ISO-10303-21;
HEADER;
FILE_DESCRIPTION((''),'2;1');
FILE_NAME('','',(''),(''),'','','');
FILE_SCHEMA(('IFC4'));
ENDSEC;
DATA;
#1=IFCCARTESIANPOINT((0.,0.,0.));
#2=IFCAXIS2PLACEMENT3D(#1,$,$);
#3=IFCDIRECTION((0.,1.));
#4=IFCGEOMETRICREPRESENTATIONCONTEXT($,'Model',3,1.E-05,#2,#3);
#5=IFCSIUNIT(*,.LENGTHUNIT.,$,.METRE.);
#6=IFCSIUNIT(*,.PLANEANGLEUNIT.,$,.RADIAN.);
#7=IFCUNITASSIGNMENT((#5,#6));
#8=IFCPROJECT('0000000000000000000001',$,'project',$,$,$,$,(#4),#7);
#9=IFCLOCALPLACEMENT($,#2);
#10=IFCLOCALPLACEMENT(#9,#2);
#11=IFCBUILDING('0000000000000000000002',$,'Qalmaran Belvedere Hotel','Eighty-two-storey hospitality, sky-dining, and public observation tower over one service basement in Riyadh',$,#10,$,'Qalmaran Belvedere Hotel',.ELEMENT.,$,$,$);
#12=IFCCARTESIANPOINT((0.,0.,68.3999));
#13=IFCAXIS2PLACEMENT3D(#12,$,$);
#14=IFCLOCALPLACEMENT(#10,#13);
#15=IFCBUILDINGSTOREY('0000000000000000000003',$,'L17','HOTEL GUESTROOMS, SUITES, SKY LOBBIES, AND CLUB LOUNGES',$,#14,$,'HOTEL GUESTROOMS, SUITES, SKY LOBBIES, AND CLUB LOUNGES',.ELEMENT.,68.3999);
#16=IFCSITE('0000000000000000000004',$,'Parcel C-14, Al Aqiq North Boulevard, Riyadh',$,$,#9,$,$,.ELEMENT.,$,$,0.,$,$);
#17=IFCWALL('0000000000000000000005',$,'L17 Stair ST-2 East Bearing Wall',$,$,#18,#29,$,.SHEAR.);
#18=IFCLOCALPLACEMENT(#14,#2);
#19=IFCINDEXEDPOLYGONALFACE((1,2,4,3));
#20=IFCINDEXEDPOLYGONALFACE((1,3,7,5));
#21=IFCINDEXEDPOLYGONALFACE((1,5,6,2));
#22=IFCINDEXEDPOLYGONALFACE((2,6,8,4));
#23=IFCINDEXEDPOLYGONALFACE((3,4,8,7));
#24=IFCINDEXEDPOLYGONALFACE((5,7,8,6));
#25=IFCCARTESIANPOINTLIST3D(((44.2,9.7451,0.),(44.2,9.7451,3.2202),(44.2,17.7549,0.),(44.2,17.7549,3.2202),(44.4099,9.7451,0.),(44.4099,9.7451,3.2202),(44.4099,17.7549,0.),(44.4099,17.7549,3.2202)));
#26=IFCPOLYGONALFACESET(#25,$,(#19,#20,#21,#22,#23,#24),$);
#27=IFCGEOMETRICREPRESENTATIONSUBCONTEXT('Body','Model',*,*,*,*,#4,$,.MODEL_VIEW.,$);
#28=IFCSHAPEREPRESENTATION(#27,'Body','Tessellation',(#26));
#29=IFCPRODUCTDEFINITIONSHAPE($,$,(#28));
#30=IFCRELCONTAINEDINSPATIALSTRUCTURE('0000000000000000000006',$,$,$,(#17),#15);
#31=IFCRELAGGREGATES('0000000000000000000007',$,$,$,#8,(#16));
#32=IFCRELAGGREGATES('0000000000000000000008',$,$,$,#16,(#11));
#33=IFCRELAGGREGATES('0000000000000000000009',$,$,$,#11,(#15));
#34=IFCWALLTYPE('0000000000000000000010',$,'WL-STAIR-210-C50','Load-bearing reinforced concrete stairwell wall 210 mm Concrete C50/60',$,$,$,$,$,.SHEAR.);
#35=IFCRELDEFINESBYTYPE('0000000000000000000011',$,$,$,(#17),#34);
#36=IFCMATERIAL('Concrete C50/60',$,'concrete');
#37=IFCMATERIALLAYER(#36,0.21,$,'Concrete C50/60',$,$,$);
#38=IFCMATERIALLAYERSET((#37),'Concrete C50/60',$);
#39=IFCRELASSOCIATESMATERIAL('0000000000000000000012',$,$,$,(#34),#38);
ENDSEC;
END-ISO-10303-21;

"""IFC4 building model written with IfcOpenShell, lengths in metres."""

from ifc_helpers import new_model, si_unit, direction, frame, frame_2d, origin, place, context, subcontext, project, spatial, rectangle, extrude, material, layer, layer_set, type_object, element, save


model = new_model("IFC4")

# Units and contexts
model_context = context("Model", 3, precision=1e-05, world=origin(), true_north=direction((0.0, 1.0)))
body_context = subcontext(model_context, "Body", "Model", "MODEL_VIEW")
ifc_project = project(units=[si_unit("LENGTHUNIT", "METRE"), si_unit("PLANEANGLEUNIT", "RADIAN")], contexts=[model_context])

# Site, building, storey
site_placement = place(None, origin())
site = spatial("IfcSite", under=ifc_project, at=site_placement, Name="Parcel C-14, Al Aqiq North Boulevard, Riyadh", CompositionType="ELEMENT", RefElevation=0.0)
building_placement = place(site_placement, origin())
building = spatial("IfcBuilding", under=site, at=building_placement, Name="Qalmaran Belvedere Hotel", Description="Eighty-two-storey hospitality, sky-dining, and public observation tower over one service basement in Riyadh", LongName="Qalmaran Belvedere Hotel", CompositionType="ELEMENT")
storey_placement = place(building_placement, frame((0.0, 0.0, 68.3999)))
storey = spatial("IfcBuildingStorey", under=building, at=storey_placement, Name="L17", Description="HOTEL GUESTROOMS, SUITES, SKY LOBBIES, AND CLUB LOUNGES", LongName="HOTEL GUESTROOMS, SUITES, SKY LOBBIES, AND CLUB LOUNGES", CompositionType="ELEMENT", Elevation=68.3999)

# Wall
ifc_material_1 = material(Name="Concrete C50/60", Category="concrete")
ifc_layer_1 = layer(ifc_material_1, 0.21, Name="Concrete C50/60")
ifc_layer_set_1 = layer_set([ifc_layer_1], Name="Concrete C50/60")
wall_type_1 = type_object("IfcWallType", Name="WL-STAIR-210-C50", Description="Load-bearing reinforced concrete stairwell wall 210 mm Concrete C50/60", PredefinedType="SHEAR", material=ifc_layer_set_1)
wall_1_placement = place(storey_placement, frame((44.3049, 9.7451, 0.0), z_axis=(0.0, 0.0, 1.0), x_axis=(0.0, 1.0, 0.0)))
element("IfcWall", 1, at=wall_1_placement, inside=storey, type_object=wall_type_1, Name="L17 Stair ST-2 East Bearing Wall", PredefinedType="SHEAR", context=body_context, shape_type="SweptSolid", body=[
    extrude(rectangle(XDim=8.0098, YDim=0.21, at=frame_2d((4.0049, 0.0))), origin(), (0.0, 0.0, 1.0), 3.2202),
])

save(model, "model.ifc")
